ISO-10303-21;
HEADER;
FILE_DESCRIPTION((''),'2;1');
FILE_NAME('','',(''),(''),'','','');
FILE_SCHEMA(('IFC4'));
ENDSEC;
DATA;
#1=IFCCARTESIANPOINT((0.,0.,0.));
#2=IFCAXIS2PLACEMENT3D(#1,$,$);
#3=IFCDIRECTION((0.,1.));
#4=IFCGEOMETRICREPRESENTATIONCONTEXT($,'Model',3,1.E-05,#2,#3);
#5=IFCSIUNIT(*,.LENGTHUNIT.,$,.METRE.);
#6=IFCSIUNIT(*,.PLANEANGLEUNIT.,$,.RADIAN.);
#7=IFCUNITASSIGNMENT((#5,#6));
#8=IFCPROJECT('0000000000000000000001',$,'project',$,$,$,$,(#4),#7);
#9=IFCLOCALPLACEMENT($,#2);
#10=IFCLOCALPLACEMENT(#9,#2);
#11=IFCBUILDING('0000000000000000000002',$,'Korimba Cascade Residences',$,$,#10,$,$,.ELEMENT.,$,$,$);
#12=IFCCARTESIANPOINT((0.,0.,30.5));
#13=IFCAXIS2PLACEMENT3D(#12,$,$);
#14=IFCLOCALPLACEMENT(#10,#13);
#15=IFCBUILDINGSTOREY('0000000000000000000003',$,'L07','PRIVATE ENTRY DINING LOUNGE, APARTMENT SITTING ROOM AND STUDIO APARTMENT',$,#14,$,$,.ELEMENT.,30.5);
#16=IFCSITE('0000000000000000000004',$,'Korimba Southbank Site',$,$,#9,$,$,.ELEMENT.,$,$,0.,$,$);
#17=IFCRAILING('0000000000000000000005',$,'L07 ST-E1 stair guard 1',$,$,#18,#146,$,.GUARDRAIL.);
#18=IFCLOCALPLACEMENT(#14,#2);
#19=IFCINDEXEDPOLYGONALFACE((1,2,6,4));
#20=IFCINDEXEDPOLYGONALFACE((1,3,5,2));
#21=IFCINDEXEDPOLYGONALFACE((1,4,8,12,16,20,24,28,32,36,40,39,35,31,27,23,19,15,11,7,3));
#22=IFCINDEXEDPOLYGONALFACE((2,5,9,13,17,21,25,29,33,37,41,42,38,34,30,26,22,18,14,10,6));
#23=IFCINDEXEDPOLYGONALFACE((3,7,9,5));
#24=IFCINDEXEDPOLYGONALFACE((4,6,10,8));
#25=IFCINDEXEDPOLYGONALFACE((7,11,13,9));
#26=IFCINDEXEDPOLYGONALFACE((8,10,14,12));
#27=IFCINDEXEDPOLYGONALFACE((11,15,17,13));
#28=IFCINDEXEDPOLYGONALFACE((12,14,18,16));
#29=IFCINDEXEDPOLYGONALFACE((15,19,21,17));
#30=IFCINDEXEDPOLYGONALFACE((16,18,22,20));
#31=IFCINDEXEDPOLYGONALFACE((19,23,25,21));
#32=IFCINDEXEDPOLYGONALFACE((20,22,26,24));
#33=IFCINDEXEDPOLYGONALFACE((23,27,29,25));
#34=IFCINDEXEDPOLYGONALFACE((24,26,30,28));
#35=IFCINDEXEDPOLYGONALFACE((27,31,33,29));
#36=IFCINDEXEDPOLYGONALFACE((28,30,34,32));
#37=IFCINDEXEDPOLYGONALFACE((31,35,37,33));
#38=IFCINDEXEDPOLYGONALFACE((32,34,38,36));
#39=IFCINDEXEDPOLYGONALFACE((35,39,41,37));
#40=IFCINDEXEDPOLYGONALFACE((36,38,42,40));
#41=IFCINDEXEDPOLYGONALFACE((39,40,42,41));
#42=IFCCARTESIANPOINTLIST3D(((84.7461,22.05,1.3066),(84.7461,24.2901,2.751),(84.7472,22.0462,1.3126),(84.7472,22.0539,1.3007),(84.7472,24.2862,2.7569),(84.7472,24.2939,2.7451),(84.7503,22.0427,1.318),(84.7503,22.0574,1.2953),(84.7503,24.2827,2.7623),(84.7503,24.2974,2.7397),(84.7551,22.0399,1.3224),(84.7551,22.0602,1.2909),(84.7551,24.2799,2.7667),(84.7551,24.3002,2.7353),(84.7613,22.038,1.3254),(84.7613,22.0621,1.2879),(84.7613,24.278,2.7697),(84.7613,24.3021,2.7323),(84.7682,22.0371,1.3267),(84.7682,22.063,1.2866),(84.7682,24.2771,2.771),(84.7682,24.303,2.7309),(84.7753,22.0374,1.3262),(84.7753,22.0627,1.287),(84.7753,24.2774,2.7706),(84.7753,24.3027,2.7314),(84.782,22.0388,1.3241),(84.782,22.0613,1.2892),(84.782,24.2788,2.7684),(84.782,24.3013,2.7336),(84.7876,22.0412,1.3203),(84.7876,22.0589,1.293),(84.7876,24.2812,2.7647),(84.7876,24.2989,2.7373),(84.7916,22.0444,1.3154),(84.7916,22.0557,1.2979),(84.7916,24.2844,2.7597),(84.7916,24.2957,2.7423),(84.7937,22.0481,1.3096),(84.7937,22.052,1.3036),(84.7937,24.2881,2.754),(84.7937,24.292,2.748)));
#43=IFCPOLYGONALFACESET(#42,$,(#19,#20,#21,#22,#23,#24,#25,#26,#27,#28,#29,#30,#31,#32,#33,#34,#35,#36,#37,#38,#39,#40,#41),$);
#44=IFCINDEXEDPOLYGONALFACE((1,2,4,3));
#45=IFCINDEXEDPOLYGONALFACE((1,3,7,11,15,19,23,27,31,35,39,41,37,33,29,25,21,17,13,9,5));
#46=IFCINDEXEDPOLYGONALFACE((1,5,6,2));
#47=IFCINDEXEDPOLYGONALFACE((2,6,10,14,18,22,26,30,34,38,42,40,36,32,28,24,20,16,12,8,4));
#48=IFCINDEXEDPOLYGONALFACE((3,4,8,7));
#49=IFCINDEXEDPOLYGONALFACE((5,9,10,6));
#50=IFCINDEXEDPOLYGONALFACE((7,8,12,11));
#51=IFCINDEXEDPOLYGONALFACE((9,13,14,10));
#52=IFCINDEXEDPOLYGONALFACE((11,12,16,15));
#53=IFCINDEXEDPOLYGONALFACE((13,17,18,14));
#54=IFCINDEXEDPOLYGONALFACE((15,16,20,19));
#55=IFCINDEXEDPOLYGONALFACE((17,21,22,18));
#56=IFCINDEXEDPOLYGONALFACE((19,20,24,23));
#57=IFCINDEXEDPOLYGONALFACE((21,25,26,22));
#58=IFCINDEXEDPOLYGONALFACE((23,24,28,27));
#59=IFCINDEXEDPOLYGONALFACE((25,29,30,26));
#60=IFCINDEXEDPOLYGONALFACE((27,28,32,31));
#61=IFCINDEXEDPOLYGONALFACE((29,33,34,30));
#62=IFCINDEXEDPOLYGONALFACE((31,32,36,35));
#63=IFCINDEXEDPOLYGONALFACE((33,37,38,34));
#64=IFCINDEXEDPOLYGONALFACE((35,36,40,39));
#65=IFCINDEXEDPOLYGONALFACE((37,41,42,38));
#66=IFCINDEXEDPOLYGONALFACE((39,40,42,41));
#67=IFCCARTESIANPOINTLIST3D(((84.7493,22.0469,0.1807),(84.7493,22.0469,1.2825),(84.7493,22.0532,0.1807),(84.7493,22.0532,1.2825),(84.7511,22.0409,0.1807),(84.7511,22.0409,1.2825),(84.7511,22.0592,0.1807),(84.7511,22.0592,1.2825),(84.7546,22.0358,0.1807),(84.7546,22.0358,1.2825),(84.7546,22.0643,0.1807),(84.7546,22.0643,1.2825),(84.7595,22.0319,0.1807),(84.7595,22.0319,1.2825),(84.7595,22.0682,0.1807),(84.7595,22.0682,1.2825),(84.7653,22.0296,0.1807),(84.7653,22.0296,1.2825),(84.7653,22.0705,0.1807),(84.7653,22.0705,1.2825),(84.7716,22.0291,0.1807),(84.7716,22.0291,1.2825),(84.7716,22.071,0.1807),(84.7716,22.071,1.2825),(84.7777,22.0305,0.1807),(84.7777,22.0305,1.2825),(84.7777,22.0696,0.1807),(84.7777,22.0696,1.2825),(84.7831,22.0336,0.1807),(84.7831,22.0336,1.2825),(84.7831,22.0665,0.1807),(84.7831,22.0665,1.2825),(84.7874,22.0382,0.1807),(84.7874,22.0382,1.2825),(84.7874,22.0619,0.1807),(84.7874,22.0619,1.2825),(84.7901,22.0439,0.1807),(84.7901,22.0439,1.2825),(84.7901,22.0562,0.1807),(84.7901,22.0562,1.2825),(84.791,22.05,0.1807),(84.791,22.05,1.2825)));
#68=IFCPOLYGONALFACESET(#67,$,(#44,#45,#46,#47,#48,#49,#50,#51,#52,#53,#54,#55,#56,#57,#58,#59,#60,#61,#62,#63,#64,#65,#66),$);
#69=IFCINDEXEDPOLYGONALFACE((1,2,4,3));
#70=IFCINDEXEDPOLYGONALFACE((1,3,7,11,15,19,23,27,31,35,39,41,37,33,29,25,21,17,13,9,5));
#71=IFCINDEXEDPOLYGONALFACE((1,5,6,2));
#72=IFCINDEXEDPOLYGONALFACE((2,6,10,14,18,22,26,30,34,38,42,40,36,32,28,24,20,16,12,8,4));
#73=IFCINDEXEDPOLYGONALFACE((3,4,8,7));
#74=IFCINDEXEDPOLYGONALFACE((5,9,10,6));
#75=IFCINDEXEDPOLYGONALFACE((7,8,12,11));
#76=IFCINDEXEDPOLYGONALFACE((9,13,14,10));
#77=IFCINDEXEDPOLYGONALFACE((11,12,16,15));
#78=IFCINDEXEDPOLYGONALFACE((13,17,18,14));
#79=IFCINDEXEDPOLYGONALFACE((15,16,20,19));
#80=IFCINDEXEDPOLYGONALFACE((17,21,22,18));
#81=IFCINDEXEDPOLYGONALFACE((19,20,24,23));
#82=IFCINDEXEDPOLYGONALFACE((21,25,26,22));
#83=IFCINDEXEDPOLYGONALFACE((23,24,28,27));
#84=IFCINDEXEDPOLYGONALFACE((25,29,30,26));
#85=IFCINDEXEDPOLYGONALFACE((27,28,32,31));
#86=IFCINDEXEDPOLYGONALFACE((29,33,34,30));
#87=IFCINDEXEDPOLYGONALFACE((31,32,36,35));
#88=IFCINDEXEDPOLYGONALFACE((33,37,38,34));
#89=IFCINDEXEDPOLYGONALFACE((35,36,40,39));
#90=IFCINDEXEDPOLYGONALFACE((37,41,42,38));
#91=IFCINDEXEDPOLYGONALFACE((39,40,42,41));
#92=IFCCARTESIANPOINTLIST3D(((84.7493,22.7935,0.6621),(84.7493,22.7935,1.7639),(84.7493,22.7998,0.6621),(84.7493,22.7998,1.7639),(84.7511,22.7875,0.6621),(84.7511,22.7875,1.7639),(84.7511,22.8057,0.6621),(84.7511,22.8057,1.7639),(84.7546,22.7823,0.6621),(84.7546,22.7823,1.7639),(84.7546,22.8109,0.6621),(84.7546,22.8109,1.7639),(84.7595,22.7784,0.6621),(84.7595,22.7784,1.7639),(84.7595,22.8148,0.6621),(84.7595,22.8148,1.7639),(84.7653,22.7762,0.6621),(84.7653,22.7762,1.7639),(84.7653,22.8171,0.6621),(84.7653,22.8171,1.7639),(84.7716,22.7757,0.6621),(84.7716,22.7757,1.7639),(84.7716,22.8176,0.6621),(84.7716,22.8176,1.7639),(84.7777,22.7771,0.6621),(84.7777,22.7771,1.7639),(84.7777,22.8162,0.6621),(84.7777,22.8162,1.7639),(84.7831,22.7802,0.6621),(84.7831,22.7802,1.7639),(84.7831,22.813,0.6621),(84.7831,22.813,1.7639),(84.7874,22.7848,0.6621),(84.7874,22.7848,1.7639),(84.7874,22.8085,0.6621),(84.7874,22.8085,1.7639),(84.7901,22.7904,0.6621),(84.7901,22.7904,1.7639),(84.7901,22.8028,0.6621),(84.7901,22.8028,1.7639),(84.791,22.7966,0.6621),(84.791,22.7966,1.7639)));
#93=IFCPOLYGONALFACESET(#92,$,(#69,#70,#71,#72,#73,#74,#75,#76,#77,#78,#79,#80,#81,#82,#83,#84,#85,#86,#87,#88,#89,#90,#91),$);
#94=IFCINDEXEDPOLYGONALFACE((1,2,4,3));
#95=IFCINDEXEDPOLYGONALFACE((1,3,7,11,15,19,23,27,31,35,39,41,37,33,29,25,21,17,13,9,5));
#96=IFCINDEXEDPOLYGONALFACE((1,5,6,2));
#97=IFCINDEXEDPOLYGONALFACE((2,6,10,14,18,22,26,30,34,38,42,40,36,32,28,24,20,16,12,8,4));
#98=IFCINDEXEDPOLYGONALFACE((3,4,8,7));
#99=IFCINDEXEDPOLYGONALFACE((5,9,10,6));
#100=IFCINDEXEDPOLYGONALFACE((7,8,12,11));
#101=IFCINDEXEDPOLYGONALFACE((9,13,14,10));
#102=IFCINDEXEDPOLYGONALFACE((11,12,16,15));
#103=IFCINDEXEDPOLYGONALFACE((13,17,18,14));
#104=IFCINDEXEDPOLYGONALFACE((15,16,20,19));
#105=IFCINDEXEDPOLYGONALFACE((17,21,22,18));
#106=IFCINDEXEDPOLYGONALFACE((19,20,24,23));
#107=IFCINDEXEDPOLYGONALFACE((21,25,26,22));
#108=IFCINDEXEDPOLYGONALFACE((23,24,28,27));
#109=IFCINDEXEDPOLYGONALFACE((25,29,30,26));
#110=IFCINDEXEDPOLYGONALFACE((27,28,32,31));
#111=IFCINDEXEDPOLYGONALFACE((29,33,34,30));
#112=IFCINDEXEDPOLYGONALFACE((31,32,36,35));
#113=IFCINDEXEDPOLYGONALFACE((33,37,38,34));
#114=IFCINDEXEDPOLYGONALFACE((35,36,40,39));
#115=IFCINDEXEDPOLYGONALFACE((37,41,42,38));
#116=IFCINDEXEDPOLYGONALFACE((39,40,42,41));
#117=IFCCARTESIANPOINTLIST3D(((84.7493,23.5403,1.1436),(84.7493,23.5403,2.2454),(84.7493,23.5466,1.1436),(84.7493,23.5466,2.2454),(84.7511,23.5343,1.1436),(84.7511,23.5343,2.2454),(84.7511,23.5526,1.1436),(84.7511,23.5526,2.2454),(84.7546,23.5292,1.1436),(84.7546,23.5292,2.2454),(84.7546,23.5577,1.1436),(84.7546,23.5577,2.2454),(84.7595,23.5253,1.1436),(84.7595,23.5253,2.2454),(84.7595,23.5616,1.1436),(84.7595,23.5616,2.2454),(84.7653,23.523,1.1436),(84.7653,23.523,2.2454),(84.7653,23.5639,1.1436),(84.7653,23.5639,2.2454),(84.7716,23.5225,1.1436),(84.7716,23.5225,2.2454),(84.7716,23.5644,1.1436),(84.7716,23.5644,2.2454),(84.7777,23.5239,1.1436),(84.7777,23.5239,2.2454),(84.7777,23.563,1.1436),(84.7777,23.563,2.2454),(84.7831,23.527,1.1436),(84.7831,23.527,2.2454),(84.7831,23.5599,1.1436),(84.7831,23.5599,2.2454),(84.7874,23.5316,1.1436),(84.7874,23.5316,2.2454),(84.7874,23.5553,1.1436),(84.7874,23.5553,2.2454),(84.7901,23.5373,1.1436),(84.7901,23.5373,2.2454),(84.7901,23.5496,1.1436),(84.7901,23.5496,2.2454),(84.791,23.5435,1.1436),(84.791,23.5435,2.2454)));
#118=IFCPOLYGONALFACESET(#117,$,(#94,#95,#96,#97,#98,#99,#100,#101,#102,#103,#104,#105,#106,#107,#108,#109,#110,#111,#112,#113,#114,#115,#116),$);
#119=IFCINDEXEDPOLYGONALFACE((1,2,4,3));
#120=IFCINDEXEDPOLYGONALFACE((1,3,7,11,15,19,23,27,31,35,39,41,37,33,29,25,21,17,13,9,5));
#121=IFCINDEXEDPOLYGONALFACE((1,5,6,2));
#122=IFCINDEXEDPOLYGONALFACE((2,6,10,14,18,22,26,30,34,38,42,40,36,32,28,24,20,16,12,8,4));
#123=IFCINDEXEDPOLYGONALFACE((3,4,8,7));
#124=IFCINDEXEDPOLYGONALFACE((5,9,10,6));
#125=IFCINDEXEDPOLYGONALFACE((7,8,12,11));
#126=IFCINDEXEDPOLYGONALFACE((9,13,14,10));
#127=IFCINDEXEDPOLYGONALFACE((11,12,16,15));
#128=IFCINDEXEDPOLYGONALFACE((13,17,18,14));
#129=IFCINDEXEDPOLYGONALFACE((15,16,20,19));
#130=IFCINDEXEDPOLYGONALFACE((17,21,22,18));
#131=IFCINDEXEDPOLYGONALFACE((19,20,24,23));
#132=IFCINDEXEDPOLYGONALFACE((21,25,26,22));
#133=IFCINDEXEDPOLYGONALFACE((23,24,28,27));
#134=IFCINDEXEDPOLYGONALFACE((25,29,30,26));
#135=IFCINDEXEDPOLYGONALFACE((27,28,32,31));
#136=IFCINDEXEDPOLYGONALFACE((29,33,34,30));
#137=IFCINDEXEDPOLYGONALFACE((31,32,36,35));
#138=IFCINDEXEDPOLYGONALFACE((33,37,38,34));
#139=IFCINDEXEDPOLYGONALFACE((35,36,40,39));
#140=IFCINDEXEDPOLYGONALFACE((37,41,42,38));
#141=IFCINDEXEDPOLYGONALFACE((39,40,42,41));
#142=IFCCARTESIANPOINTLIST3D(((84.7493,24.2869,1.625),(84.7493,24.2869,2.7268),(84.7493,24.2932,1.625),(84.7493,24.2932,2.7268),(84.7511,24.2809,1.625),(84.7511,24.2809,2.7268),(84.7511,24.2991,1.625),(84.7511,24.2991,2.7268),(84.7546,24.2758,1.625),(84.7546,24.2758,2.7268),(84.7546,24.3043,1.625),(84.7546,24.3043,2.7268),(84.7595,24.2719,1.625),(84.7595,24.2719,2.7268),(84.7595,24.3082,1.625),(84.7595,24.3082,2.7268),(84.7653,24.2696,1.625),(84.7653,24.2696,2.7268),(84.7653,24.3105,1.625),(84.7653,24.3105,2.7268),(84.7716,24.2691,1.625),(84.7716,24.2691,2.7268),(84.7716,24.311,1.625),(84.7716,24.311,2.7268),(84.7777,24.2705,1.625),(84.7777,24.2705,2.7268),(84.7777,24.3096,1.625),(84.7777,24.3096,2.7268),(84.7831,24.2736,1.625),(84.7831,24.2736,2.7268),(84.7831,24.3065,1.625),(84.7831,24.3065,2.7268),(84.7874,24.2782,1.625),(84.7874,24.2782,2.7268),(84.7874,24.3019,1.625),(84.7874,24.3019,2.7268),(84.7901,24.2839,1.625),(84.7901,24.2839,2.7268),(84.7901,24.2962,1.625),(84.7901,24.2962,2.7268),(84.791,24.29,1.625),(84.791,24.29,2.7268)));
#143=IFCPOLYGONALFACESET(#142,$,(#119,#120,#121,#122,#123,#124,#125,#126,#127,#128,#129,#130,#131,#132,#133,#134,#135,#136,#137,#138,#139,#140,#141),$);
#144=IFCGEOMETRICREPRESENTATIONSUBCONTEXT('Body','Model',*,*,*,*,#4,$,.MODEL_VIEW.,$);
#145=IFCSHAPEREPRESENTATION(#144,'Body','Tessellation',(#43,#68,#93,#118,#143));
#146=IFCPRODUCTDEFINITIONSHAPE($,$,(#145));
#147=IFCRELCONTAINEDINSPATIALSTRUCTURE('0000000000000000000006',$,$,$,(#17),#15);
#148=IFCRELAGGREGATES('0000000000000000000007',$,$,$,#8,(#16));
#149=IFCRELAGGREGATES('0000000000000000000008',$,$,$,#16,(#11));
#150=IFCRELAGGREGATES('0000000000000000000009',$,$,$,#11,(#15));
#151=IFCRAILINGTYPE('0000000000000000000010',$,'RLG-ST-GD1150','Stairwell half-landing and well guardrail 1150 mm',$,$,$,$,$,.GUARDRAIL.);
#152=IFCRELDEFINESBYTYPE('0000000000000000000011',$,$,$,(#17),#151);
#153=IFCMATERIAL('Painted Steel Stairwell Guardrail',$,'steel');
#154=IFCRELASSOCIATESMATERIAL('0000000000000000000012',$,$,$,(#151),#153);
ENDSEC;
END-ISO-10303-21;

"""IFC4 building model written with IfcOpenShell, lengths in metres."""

from ifc_helpers import new_model, si_unit, direction, frame, origin, origin_2d, place, context, subcontext, project, spatial, circle, extrude, material, type_object, element, save


model = new_model("IFC4")

# Units and contexts
model_context = context("Model", 3, precision=1e-05, world=origin(), true_north=direction((0.0, 1.0)))
body_context = subcontext(model_context, "Body", "Model", "MODEL_VIEW")
ifc_project = project(units=[si_unit("LENGTHUNIT", "METRE"), si_unit("PLANEANGLEUNIT", "RADIAN")], contexts=[model_context])

# Site, building, storey
site_placement = place(None, origin())
site = spatial("IfcSite", under=ifc_project, at=site_placement, Name="Korimba Southbank Site", CompositionType="ELEMENT", RefElevation=0.0)
building_placement = place(site_placement, origin())
building = spatial("IfcBuilding", under=site, at=building_placement, Name="Korimba Cascade Residences", CompositionType="ELEMENT")
storey_placement = place(building_placement, frame((0.0, 0.0, 30.5)))
storey = spatial("IfcBuildingStorey", under=building, at=storey_placement, Name="L07", Description="PRIVATE ENTRY DINING LOUNGE, APARTMENT SITTING ROOM AND STUDIO APARTMENT", CompositionType="ELEMENT", Elevation=30.5)

# Railing
ifc_material_1 = material(Name="Painted Steel Stairwell Guardrail", Category="steel")
railing_type_1 = type_object("IfcRailingType", Name="RLG-ST-GD1150", Description="Stairwell half-landing and well guardrail 1150 mm", PredefinedType="GUARDRAIL", material=ifc_material_1)
railing_1_placement = place(storey_placement, frame((84.77, 22.05, 0.1807)))
element("IfcRailing", 1, at=railing_1_placement, inside=storey, type_object=railing_type_1, Name="L07 ST-E1 stair guard 1", PredefinedType="GUARDRAIL", context=body_context, shape_type="SweptSolid", body=[
    extrude(circle(Radius=0.0239, at=origin_2d()), frame((0.0, 0.0, 1.126), z_axis=(0.0, 0.840437, 0.54191), x_axis=(-1.0, 0.0, 0.0)), (0.0, 0.0, 1.0), 2.6653),
    extrude(circle(Radius=0.021, at=origin_2d()), origin(), (0.0, 0.0, 1.0), 1.1018),
    extrude(circle(Radius=0.021, at=origin_2d()), frame((0.0, 0.7466, 0.4814)), (0.0, 0.0, 1.0), 1.1018),
    extrude(circle(Radius=0.021, at=origin_2d()), frame((0.0, 1.4934, 0.9629)), (0.0, 0.0, 1.0), 1.1018),
    extrude(circle(Radius=0.021, at=origin_2d()), frame((0.0, 2.24, 1.4443)), (0.0, 0.0, 1.0), 1.1018),
])

save(model, "model.ifc")
